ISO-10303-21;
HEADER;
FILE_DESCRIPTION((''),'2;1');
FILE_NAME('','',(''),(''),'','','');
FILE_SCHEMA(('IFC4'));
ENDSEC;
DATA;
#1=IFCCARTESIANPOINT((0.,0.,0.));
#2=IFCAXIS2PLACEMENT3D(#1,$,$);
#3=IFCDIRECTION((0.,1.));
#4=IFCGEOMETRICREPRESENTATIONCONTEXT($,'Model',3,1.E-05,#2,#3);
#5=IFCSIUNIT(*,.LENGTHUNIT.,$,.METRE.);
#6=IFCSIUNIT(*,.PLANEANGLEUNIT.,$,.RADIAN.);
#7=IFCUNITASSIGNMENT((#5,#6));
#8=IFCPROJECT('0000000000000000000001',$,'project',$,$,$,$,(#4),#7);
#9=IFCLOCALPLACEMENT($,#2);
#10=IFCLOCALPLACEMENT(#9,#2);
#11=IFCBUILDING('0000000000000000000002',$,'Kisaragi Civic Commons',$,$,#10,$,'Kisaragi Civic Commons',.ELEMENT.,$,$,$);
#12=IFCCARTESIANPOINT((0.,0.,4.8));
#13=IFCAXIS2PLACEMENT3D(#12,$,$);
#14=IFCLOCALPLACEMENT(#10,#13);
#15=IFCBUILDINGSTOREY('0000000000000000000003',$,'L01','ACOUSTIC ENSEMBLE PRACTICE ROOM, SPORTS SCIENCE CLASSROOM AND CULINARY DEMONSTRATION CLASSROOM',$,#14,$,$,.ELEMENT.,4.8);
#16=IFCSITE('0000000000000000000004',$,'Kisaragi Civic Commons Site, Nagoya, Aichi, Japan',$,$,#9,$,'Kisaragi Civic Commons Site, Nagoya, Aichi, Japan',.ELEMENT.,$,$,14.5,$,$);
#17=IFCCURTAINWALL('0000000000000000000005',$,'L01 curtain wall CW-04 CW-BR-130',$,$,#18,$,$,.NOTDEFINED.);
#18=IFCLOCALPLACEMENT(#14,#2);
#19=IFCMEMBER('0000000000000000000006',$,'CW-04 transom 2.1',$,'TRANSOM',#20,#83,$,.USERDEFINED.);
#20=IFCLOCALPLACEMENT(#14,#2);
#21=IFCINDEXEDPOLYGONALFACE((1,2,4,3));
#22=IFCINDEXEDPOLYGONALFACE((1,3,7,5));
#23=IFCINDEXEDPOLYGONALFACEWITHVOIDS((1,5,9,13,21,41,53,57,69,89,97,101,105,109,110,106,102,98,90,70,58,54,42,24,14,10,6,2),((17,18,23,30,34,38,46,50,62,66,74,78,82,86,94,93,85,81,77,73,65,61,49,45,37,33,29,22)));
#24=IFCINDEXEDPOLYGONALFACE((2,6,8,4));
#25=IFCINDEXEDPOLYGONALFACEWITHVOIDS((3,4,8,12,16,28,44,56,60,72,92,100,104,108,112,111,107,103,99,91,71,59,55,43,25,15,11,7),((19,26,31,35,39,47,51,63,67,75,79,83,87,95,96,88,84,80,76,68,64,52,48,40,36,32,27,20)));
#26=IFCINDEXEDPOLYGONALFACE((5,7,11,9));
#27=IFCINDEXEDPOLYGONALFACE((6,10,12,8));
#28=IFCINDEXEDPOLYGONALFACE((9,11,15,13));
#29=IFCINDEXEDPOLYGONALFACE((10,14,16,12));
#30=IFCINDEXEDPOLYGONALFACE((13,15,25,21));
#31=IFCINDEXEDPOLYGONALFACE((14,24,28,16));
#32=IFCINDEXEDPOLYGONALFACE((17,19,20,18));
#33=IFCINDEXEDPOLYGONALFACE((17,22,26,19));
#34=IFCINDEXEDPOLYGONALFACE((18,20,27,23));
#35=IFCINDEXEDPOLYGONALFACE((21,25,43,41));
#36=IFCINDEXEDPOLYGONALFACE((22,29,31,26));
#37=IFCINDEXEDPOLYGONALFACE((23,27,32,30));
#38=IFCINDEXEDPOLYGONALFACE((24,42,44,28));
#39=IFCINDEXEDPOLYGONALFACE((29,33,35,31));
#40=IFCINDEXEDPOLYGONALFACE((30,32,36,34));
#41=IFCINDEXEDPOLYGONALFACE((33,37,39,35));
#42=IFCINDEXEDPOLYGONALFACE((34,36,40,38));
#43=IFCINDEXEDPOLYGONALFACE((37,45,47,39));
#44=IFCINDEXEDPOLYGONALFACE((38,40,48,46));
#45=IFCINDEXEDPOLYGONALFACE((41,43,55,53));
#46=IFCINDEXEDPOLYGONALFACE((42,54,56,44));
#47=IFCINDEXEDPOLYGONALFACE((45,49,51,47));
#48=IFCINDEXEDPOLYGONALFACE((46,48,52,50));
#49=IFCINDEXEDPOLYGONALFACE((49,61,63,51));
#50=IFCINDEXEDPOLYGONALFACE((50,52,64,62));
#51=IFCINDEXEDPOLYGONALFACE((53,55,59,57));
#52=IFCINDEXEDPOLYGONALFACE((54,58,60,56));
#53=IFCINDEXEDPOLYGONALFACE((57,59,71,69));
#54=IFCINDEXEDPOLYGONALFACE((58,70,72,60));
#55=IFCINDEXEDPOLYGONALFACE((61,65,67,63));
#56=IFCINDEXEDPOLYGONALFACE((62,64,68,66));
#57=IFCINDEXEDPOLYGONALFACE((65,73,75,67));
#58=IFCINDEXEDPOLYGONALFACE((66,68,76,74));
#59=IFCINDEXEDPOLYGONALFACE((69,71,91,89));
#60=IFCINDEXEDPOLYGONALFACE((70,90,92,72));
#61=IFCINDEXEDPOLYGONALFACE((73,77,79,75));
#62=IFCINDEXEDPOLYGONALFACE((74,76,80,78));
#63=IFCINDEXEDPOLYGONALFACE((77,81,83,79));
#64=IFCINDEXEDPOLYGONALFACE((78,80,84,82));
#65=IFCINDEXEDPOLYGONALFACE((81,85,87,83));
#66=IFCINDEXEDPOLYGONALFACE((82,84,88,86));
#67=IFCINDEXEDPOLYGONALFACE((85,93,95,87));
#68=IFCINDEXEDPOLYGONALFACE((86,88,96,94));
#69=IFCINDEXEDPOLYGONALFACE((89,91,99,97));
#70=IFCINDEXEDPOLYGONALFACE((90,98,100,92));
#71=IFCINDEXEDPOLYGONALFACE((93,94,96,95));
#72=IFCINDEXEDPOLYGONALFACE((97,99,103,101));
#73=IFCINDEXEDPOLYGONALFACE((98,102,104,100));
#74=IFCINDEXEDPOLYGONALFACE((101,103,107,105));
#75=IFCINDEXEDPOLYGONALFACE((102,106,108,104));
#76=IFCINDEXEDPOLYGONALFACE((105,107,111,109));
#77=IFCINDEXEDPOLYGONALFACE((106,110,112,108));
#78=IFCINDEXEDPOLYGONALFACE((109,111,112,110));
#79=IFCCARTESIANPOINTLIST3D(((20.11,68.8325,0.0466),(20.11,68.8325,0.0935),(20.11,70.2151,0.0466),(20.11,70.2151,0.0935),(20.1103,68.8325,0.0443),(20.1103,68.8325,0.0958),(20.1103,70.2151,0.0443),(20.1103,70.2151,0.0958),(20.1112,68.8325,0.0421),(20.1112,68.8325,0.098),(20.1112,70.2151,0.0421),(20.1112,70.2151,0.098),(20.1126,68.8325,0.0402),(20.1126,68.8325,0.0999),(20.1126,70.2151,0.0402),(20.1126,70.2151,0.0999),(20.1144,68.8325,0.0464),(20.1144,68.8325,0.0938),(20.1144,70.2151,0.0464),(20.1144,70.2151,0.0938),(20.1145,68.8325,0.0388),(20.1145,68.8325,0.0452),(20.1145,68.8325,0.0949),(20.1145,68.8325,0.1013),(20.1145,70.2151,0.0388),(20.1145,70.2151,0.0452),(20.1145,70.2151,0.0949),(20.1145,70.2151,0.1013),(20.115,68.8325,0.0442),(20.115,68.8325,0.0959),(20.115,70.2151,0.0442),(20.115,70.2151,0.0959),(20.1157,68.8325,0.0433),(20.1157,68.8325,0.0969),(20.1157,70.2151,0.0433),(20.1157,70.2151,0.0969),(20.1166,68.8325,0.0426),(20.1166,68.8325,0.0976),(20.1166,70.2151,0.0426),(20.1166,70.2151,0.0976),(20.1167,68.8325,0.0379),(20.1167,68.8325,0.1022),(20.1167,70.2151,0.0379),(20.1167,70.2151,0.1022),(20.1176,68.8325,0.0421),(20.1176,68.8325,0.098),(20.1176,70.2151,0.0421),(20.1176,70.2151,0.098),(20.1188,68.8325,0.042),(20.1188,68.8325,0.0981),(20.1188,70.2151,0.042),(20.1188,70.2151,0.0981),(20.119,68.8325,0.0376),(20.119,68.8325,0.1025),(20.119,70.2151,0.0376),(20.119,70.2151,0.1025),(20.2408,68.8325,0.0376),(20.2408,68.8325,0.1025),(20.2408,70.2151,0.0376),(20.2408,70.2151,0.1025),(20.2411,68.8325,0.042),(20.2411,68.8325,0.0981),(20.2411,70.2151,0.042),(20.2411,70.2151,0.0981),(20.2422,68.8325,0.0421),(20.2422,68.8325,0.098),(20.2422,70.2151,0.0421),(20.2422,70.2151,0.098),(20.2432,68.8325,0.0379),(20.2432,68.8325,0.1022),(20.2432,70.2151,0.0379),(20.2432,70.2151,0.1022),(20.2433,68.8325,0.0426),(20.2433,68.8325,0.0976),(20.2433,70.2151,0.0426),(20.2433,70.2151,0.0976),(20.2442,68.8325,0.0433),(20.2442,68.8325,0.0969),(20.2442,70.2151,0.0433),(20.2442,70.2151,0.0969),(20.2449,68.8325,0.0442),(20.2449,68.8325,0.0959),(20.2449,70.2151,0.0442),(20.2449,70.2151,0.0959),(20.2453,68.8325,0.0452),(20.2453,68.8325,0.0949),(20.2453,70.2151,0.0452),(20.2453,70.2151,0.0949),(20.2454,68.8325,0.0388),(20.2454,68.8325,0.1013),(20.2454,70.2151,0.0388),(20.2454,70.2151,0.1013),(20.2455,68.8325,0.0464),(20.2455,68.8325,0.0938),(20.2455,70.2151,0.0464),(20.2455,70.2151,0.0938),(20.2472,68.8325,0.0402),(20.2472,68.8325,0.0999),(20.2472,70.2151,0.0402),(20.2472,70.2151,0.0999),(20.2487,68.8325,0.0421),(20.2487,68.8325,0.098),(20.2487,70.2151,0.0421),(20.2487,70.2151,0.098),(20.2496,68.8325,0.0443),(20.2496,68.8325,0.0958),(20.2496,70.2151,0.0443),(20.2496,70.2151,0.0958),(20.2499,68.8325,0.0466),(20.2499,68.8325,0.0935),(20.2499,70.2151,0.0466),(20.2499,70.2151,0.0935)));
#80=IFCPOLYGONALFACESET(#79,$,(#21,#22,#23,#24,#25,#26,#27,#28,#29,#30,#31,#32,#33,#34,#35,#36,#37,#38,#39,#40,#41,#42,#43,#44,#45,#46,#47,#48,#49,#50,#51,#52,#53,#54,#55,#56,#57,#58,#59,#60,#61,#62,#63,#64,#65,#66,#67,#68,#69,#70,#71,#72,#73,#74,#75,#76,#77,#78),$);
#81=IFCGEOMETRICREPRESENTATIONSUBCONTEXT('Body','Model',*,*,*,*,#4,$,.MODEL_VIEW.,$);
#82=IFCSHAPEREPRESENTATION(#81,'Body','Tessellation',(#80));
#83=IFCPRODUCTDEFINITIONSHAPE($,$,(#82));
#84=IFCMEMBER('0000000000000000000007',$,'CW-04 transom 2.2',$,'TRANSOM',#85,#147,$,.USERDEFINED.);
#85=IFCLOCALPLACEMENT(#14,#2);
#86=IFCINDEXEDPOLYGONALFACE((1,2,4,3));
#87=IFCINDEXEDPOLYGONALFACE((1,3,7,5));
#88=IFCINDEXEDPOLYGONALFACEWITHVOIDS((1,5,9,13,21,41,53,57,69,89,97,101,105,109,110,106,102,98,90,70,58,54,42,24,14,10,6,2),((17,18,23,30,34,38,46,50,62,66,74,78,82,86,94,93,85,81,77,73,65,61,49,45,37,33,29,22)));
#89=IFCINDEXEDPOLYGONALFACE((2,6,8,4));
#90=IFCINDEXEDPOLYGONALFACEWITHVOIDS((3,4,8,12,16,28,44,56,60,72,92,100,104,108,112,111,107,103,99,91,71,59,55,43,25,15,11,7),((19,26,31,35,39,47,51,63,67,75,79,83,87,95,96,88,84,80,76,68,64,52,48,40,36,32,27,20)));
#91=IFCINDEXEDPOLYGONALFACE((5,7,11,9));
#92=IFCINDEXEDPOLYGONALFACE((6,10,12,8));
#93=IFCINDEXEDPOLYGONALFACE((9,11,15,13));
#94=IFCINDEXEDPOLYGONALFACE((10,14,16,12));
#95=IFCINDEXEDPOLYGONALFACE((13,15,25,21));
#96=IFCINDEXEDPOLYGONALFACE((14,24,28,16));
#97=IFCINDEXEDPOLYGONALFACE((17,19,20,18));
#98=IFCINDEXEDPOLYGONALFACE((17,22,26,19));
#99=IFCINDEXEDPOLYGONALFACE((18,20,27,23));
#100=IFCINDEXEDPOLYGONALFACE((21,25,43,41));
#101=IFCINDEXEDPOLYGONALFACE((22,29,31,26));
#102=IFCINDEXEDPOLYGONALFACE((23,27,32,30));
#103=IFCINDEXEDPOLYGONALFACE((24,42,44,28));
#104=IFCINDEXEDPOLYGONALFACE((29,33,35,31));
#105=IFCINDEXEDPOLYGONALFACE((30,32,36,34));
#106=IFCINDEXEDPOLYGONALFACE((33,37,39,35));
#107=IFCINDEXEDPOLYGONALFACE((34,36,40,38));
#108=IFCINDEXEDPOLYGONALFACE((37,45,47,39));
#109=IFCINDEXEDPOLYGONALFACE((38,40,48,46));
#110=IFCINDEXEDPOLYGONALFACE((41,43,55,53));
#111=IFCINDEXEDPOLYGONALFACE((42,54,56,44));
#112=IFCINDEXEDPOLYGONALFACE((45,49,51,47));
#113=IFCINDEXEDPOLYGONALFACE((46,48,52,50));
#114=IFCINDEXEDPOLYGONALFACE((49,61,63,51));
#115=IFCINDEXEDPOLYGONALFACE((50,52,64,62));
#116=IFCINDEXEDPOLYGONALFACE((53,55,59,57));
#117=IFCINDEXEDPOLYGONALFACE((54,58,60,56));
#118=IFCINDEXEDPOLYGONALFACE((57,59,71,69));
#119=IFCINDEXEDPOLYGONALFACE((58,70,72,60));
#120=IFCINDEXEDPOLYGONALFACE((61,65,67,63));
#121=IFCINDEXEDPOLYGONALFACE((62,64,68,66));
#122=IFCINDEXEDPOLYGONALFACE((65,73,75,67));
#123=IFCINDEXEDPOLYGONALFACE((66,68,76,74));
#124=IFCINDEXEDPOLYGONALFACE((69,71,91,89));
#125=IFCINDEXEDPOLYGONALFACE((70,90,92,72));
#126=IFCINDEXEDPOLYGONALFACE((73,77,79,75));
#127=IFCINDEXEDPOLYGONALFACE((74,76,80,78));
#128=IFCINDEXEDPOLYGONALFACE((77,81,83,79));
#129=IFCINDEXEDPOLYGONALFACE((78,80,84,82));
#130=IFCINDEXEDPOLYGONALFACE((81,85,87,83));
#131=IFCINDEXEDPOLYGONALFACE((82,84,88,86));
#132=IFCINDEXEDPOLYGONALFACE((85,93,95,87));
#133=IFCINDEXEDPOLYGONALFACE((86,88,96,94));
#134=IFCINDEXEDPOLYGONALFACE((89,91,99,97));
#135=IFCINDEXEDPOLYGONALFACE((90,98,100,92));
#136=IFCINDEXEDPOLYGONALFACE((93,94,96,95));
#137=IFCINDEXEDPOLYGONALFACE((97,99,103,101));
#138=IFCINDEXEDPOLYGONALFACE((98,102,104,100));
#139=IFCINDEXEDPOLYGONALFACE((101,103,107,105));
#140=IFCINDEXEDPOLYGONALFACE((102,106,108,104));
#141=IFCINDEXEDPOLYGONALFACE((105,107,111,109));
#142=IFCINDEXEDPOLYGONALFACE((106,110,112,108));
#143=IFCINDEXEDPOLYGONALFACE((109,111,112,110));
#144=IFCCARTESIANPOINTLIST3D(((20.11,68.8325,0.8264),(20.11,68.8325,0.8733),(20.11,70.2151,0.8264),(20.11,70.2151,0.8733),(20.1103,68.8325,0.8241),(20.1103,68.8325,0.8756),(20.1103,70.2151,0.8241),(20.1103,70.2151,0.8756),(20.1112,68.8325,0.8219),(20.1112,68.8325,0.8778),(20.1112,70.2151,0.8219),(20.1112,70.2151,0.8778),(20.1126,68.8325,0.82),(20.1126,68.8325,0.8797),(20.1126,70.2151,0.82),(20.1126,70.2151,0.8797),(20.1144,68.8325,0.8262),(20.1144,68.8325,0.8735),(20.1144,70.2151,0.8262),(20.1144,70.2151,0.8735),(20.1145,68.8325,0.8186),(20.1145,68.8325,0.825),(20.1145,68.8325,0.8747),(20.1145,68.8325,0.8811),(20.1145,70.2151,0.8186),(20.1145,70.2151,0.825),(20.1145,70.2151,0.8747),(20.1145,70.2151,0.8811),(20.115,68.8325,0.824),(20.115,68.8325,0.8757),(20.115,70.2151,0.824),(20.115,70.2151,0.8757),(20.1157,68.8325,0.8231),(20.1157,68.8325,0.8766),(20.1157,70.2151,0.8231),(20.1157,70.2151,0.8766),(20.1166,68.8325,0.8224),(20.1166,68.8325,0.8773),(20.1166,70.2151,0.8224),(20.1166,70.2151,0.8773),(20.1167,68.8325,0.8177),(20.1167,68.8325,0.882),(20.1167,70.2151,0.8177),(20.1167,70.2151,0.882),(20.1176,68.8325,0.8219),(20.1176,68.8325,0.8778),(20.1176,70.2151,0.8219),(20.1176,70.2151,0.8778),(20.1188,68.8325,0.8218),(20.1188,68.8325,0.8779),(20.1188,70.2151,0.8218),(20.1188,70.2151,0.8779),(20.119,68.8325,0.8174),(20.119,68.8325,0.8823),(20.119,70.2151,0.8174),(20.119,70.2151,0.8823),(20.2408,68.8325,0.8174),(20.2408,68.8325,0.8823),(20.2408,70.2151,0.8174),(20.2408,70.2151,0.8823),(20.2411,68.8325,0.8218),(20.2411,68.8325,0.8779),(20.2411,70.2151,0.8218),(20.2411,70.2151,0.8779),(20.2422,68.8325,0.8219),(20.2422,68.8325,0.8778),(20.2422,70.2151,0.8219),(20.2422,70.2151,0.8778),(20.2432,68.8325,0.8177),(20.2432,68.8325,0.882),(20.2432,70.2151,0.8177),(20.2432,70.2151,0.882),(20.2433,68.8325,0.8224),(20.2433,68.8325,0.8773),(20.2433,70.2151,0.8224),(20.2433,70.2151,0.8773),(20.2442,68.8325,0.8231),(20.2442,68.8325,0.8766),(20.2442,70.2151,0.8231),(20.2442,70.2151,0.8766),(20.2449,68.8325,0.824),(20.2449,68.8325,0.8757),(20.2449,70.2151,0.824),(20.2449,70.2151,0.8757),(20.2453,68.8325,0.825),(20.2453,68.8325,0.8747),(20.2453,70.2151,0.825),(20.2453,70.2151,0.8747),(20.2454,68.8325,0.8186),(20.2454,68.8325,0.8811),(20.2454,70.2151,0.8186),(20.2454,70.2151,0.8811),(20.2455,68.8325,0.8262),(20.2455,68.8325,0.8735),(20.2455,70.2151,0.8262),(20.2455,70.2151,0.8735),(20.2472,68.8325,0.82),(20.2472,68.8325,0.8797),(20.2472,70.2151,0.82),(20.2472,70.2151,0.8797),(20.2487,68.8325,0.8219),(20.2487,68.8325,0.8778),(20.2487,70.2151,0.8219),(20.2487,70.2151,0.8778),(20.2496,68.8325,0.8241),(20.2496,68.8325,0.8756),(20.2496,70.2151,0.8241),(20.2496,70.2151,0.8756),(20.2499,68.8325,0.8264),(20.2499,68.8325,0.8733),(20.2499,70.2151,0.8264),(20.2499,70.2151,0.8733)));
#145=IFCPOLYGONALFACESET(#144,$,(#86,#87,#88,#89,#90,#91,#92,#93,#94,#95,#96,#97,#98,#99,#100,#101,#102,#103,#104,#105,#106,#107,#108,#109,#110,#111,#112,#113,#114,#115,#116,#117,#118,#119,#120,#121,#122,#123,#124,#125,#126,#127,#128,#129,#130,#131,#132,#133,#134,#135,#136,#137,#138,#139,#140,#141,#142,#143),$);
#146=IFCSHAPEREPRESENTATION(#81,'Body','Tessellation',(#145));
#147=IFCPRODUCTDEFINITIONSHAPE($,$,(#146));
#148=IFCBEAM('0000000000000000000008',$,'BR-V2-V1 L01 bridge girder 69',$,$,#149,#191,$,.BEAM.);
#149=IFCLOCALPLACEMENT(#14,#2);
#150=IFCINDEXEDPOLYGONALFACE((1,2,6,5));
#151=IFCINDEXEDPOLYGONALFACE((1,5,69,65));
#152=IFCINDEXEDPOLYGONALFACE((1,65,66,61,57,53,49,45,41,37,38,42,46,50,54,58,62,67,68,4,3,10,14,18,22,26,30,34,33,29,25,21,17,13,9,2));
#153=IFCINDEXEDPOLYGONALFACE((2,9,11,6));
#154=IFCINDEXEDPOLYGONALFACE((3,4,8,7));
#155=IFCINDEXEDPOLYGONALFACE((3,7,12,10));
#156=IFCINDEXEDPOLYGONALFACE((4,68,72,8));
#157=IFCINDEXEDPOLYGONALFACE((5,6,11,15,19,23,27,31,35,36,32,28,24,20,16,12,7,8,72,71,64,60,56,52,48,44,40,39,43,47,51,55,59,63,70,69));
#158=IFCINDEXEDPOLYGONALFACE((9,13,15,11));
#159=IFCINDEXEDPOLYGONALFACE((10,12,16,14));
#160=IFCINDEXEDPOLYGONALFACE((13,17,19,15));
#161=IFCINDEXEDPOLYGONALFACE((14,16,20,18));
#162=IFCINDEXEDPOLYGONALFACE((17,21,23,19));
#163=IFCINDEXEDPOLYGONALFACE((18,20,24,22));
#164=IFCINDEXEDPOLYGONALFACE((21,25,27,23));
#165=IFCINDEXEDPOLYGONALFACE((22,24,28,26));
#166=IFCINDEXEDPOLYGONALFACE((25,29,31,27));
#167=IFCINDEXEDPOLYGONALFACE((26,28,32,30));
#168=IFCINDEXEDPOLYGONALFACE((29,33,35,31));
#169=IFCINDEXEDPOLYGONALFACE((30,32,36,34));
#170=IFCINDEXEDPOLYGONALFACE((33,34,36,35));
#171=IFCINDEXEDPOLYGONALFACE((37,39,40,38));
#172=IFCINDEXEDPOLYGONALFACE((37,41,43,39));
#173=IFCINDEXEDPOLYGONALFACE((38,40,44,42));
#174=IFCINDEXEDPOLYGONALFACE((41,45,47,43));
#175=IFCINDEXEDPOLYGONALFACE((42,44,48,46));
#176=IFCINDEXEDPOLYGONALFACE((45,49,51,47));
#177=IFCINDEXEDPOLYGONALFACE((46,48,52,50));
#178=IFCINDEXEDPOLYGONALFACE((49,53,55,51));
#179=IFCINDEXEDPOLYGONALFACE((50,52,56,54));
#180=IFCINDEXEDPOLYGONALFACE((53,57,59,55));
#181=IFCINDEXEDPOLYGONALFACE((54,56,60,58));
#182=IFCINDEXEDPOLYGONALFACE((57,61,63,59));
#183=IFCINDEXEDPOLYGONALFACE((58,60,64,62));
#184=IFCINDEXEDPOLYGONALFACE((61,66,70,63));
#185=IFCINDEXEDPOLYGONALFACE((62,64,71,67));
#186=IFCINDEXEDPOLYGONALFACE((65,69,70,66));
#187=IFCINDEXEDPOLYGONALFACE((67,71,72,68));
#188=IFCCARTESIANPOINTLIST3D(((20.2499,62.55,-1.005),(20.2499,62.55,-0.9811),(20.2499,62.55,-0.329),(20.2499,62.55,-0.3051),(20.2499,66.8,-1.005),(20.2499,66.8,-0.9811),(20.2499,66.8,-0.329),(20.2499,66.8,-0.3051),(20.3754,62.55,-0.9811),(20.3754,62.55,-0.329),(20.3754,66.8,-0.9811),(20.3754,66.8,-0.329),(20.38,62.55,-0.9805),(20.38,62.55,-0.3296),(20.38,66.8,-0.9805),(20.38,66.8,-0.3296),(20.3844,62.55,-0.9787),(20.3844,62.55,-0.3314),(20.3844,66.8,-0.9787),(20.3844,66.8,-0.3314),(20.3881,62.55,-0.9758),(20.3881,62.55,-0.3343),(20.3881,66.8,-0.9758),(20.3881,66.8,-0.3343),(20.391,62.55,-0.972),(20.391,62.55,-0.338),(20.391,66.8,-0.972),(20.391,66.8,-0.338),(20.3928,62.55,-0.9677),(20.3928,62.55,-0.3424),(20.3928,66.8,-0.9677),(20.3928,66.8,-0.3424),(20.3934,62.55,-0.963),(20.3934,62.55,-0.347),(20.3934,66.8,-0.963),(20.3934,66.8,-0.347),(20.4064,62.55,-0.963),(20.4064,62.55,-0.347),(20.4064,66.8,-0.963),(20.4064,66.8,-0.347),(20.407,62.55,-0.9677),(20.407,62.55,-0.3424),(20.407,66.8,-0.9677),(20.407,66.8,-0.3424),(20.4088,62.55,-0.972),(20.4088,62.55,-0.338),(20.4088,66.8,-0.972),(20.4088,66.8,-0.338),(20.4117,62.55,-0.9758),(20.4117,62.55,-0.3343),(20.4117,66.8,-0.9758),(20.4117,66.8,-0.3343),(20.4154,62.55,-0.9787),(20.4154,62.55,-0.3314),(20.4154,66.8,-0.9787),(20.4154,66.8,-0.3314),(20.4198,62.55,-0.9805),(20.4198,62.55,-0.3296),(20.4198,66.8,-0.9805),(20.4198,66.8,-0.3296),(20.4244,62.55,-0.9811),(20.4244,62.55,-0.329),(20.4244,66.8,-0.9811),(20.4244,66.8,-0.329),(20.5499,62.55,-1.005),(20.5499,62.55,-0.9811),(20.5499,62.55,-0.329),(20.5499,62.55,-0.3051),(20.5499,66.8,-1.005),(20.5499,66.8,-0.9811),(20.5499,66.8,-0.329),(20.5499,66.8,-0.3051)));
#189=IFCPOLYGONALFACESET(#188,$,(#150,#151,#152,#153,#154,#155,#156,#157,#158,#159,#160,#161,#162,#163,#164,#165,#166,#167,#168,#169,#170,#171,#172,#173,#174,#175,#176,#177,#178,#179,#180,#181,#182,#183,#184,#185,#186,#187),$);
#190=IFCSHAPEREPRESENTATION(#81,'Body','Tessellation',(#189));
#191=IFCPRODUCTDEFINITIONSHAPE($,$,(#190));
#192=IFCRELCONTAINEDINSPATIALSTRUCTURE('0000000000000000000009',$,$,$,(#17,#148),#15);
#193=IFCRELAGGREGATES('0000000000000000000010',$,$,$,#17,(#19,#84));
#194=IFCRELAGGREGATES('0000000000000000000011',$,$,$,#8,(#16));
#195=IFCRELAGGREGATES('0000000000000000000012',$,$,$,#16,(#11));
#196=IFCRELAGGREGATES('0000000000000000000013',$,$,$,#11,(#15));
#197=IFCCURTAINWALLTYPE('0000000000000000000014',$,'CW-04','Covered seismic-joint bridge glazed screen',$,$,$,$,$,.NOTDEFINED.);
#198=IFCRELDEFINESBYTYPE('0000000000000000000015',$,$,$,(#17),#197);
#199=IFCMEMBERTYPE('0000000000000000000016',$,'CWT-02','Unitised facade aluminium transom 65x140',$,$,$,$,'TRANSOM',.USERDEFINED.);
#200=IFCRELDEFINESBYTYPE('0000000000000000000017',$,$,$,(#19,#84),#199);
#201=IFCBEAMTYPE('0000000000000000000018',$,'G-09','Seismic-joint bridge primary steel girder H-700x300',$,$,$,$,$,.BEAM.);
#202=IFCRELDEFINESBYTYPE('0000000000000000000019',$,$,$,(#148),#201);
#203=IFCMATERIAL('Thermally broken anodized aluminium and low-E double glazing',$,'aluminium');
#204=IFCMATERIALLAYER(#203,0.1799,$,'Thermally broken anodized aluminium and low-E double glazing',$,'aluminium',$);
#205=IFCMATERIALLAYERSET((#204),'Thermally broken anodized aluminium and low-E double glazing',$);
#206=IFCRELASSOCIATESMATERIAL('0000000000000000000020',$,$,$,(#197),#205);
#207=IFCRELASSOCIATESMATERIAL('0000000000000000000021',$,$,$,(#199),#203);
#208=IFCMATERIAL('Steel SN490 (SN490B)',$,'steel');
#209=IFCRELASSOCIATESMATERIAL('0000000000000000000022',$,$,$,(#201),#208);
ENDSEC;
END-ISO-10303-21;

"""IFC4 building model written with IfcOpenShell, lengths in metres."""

from ifc_helpers import new_model, si_unit, direction, frame, origin, origin_2d, place, context, subcontext, project, spatial, hollow_rectangle, i_section, extrude, material, layer, layer_set, material_profile, profile_set, type_object, element, aggregate, save


model = new_model("IFC4")

# Units and contexts
model_context = context("Model", 3, precision=1e-05, world=origin(), true_north=direction((0.0, 1.0)))
body_context = subcontext(model_context, "Body", "Model", "MODEL_VIEW")
ifc_project = project(units=[si_unit("LENGTHUNIT", "METRE"), si_unit("PLANEANGLEUNIT", "RADIAN")], contexts=[model_context])

# Site, building, storey
site_placement = place(None, origin())
site = spatial("IfcSite", under=ifc_project, at=site_placement, Name="Kisaragi Civic Commons Site, Nagoya, Aichi, Japan", LongName="Kisaragi Civic Commons Site, Nagoya, Aichi, Japan", CompositionType="ELEMENT", RefElevation=14.5)
building_placement = place(site_placement, origin())
building = spatial("IfcBuilding", under=site, at=building_placement, Name="Kisaragi Civic Commons", LongName="Kisaragi Civic Commons", CompositionType="ELEMENT")
storey_placement = place(building_placement, frame((0.0, 0.0, 4.8)))
storey = spatial("IfcBuildingStorey", under=building, at=storey_placement, Name="L01", Description="ACOUSTIC ENSEMBLE PRACTICE ROOM, SPORTS SCIENCE CLASSROOM AND CULINARY DEMONSTRATION CLASSROOM", CompositionType="ELEMENT", Elevation=4.8)

# Shared definitions
ifc_material_1 = material(Name="Thermally broken anodized aluminium and low-E double glazing", Category="aluminium")
ifc_layer_1 = layer(ifc_material_1, 0.1799, Name="Thermally broken anodized aluminium and low-E double glazing", Category="aluminium")
ifc_layer_set_1 = layer_set([ifc_layer_1], Name="Thermally broken anodized aluminium and low-E double glazing")
curtain_wall_type = type_object("IfcCurtainWallType", Name="CW-04", Description="Covered seismic-joint bridge glazed screen", PredefinedType="NOTDEFINED", material=ifc_layer_set_1)

# Curtain wall
curtain_wall_1_placement = place(storey_placement, origin())
curtain_wall_1 = element("IfcCurtainWall", 1, at=curtain_wall_1_placement, inside=storey, type_object=curtain_wall_type, Name="L01 curtain wall CW-04 CW-BR-130", PredefinedType="NOTDEFINED")

# Members
ifc_material_profile_1 = material_profile(ifc_material_1, hollow_rectangle(XDim=0.1399, YDim=0.0649, WallThickness=0.0044, InnerFilletRadius=0.0044, OuterFilletRadius=0.009, at=origin_2d()), Name="CWT-65x140x4.5", Category="aluminium")
ifc_profile_set_1 = profile_set([ifc_material_profile_1], Name="Thermally broken anodized aluminium and low-E double glazing")
member_type_1 = type_object("IfcMemberType", Name="CWT-02", Description="Unitised facade aluminium transom 65x140", ElementType="TRANSOM", PredefinedType="USERDEFINED", material=ifc_profile_set_1)
member_1_placement = place(storey_placement, frame((20.1799, 68.8325, 0.0701), z_axis=(0.0, 1.0, 0.0), x_axis=(-1.0, 0.0, 0.0)))
member_1 = element("IfcMember", 2, at=member_1_placement, type_object=member_type_1, Name="CW-04 transom 2.1", ObjectType="TRANSOM", PredefinedType="USERDEFINED", context=body_context, shape_type="SweptSolid", body=[
    extrude(hollow_rectangle(XDim=0.1399, YDim=0.0649, WallThickness=0.0044, InnerFilletRadius=0.0044, OuterFilletRadius=0.009, at=origin_2d()), origin(), (0.0, 0.0, 1.0), 1.3826),
])
member_2_placement = place(storey_placement, frame((20.1799, 68.8325, 0.8499), z_axis=(0.0, 1.0, 0.0), x_axis=(-1.0, 0.0, 0.0)))
member_2 = element("IfcMember", 3, at=member_2_placement, type_object=member_type_1, Name="CW-04 transom 2.2", ObjectType="TRANSOM", PredefinedType="USERDEFINED", context=body_context, shape_type="SweptSolid", body=[
    extrude(hollow_rectangle(XDim=0.1399, YDim=0.0649, WallThickness=0.0044, InnerFilletRadius=0.0044, OuterFilletRadius=0.009, at=origin_2d()), origin(), (0.0, 0.0, 1.0), 1.3826),
])

# Beam
ifc_material_2 = material(Name="Steel SN490 (SN490B)", Category="steel")
ifc_material_profile_2 = material_profile(ifc_material_2, i_section(OverallWidth=0.3, OverallDepth=0.7, WebThickness=0.0129, FlangeThickness=0.0239, FilletRadius=0.0181, at=origin_2d()), Name="H-700x300x13x24", Category="steel")
ifc_profile_set_2 = profile_set([ifc_material_profile_2], Name="Steel SN490 (SN490B)")
beam_type = type_object("IfcBeamType", Name="G-09", Description="Seismic-joint bridge primary steel girder H-700x300", PredefinedType="BEAM", material=ifc_profile_set_2)
beam_placement = place(storey_placement, frame((20.3999, 66.8, -0.655), z_axis=(0.0, -1.0, 0.0), x_axis=(1.0, 0.0, 0.0)))
element("IfcBeam", 4, at=beam_placement, inside=storey, type_object=beam_type, Name="BR-V2-V1 L01 bridge girder 69", PredefinedType="BEAM", context=body_context, shape_type="SweptSolid", body=[
    extrude(i_section(OverallWidth=0.3, OverallDepth=0.7, WebThickness=0.0129, FlangeThickness=0.0239, FilletRadius=0.0181, at=origin_2d()), origin(), (0.0, 0.0, 1.0), 4.25),
])

aggregate(curtain_wall_1, [member_1, member_2])

save(model, "model.ifc")
